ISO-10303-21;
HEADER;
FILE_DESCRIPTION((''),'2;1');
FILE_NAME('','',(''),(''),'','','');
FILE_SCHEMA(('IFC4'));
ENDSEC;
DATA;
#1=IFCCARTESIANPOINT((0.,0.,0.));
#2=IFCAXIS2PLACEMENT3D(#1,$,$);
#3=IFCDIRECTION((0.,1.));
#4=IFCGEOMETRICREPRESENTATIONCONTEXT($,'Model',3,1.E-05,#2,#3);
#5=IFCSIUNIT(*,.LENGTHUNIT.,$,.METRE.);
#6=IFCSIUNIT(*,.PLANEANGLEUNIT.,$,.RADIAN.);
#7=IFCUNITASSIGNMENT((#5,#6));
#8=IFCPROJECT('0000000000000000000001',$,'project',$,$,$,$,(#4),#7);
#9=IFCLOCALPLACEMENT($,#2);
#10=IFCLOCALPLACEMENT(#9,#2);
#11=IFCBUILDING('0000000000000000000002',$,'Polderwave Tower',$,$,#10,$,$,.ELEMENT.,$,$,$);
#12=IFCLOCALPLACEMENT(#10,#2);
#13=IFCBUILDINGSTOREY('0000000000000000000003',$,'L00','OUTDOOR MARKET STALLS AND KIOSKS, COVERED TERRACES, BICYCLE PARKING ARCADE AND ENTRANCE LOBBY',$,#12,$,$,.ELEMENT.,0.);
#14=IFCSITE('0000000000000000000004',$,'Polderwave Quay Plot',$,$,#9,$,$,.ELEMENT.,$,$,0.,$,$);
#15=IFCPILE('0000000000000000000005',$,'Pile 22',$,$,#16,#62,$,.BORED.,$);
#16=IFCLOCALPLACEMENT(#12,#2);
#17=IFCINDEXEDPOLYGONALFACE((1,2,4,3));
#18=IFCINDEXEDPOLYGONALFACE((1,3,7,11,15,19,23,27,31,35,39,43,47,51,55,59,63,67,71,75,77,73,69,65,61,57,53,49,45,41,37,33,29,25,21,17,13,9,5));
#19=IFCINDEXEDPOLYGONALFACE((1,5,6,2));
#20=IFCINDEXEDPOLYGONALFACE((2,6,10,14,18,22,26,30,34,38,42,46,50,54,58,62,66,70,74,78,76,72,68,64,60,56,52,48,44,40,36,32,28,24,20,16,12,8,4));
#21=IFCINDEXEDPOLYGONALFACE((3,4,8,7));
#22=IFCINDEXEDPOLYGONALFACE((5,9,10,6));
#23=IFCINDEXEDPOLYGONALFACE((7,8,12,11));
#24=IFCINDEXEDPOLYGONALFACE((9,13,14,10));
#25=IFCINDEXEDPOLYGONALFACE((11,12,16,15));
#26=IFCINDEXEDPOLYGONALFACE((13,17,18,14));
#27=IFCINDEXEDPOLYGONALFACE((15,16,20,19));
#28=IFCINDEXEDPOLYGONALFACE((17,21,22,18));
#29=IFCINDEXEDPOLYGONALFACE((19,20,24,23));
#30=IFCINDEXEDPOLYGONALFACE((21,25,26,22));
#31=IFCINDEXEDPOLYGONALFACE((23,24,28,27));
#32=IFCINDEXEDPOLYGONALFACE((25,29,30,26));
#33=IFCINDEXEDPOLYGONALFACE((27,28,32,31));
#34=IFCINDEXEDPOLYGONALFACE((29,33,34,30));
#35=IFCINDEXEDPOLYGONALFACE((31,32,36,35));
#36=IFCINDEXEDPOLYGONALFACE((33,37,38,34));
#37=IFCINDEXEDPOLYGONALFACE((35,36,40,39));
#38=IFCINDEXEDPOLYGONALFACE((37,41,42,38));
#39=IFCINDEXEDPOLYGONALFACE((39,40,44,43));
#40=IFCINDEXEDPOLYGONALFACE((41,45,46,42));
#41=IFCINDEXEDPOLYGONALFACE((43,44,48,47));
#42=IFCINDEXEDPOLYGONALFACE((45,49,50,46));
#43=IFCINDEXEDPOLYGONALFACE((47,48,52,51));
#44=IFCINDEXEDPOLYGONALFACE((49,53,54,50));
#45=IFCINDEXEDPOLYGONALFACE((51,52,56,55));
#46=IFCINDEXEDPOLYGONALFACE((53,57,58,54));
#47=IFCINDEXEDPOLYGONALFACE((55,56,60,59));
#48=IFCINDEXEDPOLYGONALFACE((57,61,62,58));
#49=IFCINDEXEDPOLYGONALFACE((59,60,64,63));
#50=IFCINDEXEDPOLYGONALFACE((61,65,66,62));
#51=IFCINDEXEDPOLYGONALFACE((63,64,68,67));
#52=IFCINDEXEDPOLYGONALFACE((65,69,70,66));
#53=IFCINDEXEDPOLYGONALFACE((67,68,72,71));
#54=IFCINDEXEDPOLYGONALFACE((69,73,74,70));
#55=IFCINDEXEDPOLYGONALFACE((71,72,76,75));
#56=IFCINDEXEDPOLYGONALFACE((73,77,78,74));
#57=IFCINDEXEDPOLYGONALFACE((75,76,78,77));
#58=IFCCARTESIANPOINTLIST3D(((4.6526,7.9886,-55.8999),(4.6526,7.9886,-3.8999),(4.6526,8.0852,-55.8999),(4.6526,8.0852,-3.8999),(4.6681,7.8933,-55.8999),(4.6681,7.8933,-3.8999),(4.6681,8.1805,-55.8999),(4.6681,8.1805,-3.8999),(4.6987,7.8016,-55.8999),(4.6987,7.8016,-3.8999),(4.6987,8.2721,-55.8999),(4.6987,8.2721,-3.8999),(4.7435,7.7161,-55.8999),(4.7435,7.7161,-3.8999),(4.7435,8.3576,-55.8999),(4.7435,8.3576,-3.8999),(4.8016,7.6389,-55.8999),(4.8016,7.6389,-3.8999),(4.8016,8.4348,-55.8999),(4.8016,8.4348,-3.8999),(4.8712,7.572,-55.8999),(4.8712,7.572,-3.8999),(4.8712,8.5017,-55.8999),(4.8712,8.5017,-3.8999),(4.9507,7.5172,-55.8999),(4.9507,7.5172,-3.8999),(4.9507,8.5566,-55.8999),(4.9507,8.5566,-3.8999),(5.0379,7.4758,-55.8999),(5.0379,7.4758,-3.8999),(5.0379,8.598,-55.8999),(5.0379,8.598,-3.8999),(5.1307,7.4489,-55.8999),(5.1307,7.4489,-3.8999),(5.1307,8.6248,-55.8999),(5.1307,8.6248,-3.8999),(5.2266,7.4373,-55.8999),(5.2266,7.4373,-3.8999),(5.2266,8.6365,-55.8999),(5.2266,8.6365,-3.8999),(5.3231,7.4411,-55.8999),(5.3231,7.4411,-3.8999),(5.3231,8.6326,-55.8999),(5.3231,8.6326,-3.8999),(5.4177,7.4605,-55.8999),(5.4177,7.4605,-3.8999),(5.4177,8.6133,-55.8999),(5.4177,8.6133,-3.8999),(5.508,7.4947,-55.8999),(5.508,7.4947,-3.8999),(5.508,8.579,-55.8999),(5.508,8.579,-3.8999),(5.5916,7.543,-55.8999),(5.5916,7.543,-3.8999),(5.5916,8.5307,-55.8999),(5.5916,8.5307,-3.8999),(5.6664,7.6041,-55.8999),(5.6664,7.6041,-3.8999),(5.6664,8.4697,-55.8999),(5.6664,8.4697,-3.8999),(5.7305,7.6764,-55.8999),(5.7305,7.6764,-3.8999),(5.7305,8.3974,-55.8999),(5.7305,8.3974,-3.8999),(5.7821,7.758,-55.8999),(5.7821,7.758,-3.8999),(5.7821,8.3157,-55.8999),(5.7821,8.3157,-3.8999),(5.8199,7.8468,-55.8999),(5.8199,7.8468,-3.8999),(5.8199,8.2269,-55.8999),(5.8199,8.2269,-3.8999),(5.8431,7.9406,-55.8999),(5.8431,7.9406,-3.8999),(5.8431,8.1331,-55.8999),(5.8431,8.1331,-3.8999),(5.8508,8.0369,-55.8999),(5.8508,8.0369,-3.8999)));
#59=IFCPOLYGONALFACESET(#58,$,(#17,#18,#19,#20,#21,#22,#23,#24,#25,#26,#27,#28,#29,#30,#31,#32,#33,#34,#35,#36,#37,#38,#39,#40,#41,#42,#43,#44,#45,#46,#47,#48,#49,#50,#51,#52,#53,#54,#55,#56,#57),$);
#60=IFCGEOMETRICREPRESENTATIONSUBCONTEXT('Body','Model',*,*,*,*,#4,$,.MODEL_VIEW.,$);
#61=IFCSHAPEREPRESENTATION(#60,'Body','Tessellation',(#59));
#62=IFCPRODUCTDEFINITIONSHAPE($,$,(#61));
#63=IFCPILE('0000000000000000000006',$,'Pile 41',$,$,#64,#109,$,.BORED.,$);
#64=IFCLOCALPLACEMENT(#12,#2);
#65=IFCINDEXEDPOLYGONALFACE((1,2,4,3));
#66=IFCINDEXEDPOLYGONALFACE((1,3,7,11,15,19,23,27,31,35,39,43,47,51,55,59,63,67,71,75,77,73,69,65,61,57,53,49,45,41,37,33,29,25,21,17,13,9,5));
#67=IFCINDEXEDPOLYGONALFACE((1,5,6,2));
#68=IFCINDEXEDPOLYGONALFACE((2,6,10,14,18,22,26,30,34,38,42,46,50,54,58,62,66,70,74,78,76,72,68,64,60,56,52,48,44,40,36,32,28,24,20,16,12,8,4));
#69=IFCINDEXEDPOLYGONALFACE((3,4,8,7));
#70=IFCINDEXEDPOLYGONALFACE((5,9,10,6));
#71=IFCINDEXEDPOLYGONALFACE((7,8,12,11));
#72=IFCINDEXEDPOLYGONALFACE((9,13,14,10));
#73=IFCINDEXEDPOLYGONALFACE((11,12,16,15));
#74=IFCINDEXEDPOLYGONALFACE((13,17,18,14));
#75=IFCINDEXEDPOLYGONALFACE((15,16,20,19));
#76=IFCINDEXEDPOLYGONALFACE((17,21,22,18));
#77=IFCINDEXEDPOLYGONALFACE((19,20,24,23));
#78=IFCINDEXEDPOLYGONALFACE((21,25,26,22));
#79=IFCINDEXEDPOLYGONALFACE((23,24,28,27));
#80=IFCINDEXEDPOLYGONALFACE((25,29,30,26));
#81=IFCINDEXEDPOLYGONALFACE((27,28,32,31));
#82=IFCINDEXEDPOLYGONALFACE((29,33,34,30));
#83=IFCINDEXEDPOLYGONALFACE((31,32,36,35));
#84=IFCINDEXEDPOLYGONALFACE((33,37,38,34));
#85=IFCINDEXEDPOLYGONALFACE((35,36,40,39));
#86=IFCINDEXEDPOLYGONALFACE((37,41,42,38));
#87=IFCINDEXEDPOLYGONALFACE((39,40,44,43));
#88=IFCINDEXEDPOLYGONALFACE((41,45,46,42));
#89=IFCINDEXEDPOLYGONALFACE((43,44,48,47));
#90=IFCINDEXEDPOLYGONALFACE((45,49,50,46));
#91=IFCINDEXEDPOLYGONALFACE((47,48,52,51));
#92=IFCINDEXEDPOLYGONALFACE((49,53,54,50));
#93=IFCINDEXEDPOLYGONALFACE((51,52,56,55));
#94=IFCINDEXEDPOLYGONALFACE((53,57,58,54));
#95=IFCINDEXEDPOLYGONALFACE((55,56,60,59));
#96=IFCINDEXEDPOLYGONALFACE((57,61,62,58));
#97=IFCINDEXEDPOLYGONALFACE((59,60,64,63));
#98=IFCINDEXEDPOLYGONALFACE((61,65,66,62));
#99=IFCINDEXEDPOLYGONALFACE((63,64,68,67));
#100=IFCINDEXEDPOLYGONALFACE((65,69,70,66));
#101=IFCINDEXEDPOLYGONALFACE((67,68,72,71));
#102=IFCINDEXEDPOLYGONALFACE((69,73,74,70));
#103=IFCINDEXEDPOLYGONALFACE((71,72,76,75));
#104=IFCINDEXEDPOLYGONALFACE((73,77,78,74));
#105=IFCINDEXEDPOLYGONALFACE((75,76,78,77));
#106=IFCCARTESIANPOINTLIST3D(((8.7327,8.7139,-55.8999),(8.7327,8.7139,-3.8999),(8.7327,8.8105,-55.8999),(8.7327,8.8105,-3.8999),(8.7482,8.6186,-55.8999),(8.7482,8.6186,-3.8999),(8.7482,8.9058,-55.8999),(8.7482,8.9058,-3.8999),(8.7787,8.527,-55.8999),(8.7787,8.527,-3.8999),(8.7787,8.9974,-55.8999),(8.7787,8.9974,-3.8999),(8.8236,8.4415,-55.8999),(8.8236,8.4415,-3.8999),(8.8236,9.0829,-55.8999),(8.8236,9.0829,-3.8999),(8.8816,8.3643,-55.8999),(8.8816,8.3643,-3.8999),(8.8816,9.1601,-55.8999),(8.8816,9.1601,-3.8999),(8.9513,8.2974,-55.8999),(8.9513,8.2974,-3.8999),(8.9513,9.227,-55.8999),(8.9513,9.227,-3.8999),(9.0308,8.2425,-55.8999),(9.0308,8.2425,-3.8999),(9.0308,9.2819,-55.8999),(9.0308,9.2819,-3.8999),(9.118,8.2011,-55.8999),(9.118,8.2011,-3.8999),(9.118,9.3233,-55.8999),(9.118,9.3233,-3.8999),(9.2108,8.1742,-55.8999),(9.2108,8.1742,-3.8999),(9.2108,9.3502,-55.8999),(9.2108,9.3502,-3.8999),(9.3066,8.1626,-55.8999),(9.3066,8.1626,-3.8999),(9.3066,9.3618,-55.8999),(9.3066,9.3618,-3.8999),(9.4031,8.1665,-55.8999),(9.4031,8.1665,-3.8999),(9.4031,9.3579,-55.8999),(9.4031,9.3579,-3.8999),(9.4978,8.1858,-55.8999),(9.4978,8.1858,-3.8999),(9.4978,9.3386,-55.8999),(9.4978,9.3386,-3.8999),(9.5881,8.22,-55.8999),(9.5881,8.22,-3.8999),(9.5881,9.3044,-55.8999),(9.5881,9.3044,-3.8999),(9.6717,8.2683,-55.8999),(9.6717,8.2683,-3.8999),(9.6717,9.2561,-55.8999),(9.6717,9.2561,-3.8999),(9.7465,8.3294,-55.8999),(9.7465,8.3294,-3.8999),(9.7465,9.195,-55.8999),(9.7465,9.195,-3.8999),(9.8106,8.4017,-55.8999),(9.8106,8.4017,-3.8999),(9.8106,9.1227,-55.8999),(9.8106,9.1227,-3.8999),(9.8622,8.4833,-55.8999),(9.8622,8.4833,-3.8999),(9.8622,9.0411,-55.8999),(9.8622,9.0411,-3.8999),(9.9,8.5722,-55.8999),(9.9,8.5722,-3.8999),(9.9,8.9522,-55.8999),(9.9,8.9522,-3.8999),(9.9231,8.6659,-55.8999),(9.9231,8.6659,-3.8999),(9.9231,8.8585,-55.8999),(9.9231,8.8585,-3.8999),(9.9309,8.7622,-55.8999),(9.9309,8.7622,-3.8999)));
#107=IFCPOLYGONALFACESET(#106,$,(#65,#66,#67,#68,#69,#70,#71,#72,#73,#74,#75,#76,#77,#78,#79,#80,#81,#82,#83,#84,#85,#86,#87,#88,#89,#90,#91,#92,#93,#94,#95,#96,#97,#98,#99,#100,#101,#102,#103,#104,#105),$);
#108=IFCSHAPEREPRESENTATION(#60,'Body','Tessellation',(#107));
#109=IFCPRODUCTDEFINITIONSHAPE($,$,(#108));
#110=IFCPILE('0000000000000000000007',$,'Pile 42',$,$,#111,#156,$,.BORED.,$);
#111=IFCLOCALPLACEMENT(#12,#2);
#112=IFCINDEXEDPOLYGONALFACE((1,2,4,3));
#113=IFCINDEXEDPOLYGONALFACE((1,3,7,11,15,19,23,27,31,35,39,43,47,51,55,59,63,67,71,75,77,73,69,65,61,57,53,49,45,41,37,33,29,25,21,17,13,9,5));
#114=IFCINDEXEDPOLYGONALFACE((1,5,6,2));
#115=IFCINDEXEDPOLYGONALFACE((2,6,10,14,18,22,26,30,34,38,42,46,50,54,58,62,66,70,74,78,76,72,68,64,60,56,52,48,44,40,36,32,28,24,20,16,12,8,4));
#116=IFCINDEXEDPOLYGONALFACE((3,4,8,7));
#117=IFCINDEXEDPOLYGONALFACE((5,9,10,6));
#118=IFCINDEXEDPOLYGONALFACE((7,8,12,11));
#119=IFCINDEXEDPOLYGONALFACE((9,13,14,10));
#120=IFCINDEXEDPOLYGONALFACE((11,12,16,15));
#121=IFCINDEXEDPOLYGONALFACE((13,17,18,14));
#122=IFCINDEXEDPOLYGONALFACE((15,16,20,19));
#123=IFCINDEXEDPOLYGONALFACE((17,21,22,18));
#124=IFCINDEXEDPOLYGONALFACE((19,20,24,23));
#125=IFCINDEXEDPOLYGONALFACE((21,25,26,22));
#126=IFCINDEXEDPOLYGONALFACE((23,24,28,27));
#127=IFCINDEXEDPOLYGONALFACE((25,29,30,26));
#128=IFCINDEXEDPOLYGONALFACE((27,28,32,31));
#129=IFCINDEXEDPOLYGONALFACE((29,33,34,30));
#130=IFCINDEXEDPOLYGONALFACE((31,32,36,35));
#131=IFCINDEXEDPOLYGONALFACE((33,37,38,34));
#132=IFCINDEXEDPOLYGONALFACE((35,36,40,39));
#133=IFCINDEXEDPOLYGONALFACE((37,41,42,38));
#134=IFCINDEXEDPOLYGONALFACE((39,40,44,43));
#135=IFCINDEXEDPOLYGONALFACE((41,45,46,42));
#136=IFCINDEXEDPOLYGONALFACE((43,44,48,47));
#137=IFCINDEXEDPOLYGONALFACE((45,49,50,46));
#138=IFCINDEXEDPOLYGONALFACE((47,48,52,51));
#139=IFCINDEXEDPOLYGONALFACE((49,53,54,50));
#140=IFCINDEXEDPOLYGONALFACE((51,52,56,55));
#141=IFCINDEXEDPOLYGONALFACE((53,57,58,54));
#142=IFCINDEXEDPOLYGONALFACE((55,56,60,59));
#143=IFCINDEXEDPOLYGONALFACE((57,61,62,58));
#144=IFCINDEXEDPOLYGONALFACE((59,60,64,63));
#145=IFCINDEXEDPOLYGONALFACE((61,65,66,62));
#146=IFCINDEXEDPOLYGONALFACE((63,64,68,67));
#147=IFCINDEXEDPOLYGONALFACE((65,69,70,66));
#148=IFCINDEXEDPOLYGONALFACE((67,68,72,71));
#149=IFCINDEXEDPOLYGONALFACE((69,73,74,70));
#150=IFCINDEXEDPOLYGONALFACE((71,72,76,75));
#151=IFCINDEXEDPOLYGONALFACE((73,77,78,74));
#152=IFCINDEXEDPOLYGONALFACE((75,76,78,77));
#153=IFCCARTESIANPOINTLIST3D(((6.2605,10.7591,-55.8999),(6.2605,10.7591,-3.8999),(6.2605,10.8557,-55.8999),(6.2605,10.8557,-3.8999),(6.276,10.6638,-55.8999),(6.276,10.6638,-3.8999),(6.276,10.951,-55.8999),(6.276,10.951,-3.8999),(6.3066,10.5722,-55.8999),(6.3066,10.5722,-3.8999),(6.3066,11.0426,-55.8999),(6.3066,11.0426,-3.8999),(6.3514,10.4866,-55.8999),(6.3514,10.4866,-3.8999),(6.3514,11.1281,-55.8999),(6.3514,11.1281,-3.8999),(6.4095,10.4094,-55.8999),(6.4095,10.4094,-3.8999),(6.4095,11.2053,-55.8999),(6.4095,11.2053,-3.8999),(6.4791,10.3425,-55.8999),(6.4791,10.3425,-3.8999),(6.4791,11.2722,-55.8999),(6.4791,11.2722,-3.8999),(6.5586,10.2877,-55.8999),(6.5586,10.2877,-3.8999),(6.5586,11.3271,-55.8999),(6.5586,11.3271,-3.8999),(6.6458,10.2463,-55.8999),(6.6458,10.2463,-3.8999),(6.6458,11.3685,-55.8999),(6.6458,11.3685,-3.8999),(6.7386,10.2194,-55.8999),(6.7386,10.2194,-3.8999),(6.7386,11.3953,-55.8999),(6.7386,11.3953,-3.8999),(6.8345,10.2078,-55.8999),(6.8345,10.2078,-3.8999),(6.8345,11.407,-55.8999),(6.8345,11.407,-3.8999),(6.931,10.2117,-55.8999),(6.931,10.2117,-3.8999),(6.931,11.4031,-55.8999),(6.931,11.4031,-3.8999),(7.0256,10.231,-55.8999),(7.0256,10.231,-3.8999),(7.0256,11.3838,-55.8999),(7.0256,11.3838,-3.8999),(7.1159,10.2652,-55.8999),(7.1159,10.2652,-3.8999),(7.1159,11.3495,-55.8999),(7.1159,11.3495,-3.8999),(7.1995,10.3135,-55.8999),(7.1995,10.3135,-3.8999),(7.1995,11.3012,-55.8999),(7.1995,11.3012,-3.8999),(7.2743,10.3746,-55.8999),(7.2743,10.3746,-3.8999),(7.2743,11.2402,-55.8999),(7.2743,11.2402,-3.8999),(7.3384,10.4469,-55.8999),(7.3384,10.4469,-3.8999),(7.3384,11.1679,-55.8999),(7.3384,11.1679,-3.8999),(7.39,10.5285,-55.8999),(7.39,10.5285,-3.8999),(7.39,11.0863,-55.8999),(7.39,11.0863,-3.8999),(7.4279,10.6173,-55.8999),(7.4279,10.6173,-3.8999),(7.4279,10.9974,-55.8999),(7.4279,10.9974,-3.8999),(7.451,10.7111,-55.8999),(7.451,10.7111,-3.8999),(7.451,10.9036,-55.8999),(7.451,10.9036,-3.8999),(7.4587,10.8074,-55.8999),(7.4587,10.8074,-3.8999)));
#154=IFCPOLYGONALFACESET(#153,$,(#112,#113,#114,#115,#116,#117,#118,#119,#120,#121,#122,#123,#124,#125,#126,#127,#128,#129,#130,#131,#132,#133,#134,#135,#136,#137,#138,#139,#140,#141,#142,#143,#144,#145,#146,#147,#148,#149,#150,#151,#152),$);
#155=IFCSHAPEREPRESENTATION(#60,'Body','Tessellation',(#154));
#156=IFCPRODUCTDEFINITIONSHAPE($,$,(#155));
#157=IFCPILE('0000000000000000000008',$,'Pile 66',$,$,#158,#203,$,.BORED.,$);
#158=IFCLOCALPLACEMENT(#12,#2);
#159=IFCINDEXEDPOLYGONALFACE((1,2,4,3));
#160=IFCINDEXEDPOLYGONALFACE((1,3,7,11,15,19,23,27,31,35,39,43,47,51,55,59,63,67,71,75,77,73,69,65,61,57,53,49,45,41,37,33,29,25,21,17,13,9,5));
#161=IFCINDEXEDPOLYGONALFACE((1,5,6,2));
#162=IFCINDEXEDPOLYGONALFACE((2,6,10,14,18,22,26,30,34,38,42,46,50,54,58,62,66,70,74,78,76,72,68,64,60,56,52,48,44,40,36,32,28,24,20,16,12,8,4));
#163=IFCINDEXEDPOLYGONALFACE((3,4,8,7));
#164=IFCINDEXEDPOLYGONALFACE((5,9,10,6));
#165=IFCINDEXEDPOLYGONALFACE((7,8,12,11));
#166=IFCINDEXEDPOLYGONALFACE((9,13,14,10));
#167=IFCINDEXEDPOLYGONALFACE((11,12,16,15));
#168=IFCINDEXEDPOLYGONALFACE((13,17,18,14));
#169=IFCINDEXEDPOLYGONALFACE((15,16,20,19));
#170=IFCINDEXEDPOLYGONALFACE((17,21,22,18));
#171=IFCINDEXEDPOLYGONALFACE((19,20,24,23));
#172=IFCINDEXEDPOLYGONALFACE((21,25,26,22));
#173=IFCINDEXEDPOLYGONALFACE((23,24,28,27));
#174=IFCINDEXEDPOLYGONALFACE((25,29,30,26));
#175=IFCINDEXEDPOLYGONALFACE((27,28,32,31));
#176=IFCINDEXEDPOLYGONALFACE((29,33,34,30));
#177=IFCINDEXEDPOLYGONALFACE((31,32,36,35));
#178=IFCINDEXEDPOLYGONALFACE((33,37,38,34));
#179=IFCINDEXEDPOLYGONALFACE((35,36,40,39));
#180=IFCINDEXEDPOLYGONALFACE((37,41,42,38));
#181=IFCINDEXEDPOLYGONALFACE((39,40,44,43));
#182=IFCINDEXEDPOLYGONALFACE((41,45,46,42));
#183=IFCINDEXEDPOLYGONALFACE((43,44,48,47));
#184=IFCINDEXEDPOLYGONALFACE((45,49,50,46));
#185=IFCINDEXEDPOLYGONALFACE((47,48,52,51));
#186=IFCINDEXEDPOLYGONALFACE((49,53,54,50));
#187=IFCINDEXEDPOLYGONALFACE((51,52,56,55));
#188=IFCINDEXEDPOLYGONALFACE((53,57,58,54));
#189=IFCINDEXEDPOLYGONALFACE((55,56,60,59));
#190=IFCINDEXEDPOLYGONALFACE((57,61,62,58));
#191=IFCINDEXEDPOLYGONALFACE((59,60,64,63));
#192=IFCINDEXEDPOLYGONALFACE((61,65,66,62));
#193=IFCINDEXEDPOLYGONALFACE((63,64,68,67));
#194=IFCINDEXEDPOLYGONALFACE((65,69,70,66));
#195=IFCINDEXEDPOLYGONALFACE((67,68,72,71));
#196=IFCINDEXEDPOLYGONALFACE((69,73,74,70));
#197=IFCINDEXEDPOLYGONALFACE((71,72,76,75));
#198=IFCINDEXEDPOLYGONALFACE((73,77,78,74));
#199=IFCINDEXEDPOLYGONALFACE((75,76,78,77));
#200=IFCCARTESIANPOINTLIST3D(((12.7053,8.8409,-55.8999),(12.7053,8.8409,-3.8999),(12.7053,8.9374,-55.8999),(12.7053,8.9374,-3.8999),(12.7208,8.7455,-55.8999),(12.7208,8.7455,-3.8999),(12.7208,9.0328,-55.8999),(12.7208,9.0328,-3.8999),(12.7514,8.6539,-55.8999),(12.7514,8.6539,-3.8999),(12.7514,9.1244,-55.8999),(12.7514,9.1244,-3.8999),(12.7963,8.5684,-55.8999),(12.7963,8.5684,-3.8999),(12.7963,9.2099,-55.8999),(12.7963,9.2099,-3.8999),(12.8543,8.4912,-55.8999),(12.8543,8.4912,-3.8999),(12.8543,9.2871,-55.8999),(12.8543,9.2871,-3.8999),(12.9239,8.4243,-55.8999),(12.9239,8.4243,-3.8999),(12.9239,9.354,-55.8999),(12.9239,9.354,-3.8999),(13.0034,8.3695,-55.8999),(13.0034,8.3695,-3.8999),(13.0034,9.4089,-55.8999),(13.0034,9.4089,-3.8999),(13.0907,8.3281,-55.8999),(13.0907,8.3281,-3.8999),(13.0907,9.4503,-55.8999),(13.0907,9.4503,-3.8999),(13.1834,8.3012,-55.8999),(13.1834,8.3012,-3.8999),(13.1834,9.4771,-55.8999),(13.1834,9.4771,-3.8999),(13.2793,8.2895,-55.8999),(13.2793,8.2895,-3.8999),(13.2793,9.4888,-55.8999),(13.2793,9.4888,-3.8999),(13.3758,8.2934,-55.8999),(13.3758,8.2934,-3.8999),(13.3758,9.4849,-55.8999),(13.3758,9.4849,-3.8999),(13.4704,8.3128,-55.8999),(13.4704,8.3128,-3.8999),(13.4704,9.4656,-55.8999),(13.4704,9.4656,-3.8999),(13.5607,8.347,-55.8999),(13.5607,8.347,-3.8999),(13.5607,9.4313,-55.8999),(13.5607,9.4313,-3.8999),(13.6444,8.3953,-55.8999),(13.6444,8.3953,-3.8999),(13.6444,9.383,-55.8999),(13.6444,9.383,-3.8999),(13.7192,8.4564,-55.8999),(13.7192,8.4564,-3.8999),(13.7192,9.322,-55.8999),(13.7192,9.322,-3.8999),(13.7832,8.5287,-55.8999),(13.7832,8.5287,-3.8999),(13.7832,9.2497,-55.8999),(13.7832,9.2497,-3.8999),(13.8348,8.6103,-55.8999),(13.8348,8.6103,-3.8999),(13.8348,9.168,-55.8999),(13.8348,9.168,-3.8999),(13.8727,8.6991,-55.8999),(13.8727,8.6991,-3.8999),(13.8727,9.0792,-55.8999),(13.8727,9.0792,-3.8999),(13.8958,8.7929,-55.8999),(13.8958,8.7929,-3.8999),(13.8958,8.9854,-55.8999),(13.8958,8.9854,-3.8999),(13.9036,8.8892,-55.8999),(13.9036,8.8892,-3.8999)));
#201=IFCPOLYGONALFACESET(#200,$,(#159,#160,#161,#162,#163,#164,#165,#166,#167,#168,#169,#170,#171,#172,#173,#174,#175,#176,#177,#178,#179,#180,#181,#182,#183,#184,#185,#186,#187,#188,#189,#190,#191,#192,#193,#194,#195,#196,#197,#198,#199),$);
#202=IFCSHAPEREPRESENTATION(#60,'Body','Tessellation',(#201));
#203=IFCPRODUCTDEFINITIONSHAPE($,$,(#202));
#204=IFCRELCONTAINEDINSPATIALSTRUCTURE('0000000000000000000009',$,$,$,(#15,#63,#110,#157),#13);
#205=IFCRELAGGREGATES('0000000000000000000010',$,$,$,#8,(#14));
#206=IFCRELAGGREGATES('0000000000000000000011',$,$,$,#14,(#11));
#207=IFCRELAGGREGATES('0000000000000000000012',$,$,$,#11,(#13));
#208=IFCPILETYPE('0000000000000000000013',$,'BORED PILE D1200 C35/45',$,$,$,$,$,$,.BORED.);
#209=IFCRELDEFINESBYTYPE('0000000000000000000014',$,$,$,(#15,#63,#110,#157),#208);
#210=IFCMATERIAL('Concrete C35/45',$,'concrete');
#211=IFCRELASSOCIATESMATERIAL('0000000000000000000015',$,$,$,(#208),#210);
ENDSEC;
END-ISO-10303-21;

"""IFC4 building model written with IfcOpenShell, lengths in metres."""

from ifc_helpers import new_model, si_unit, direction, frame, origin, origin_2d, place, context, subcontext, project, spatial, circle, extrude, material, material_profile, profile_set, type_object, element, save


model = new_model("IFC4")

# Units and contexts
model_context = context("Model", 3, precision=1e-05, world=origin(), true_north=direction((0.0, 1.0)))
body_context = subcontext(model_context, "Body", "Model", "MODEL_VIEW")
ifc_project = project(units=[si_unit("LENGTHUNIT", "METRE"), si_unit("PLANEANGLEUNIT", "RADIAN")], contexts=[model_context])

# Site, building, storey
site_placement = place(None, origin())
site = spatial("IfcSite", under=ifc_project, at=site_placement, Name="Polderwave Quay Plot", CompositionType="ELEMENT", RefElevation=0.0)
building_placement = place(site_placement, origin())
building = spatial("IfcBuilding", under=site, at=building_placement, Name="Polderwave Tower", CompositionType="ELEMENT")
storey_placement = place(building_placement, origin())
storey = spatial("IfcBuildingStorey", under=building, at=storey_placement, Name="L00", Description="OUTDOOR MARKET STALLS AND KIOSKS, COVERED TERRACES, BICYCLE PARKING ARCADE AND ENTRANCE LOBBY", CompositionType="ELEMENT", Elevation=0.0)

# Piles
ifc_material_1 = material(Name="Concrete C35/45", Category="concrete")
ifc_material_profile_1 = material_profile(ifc_material_1, circle(Radius=0.6001, at=origin_2d()), Name="BORED D1200")
ifc_profile_set_1 = profile_set([ifc_material_profile_1], Name="Concrete C35/45")
pile_type = type_object("IfcPileType", Name="BORED PILE D1200 C35/45", PredefinedType="BORED", material=ifc_profile_set_1)
for number, where, z_axis, x_axis, name in (
    (1, (5.2507, 8.0369, -3.8999), (0.0, 0.0, -1.0), (1.0, 0.0, 0.0), "Pile 22"),
    (2, (9.3308, 8.7622, -3.8999), (0.0, 0.0, -1.0), (1.0, 0.0, 0.0), "Pile 41"),
    (3, (6.8586, 10.8074, -3.8999), (0.0, 0.0, -1.0), (1.0, 0.0, 0.0), "Pile 42"),
    (4, (13.3035, 8.8892, -3.8999), (0.0, 0.0, -1.0), (1.0, 0.0, 0.0), "Pile 66"),
):
    element("IfcPile", number, at=place(storey_placement, frame(where, z_axis=z_axis, x_axis=x_axis)), inside=storey, type_object=pile_type, Name=name, PredefinedType="BORED", context=body_context, shape_type="SweptSolid", body=[
        extrude(circle(Radius=0.6001, at=origin_2d()), origin(), (0.0, 0.0, 1.0), 52.0),
    ])

save(model, "model.ifc")
